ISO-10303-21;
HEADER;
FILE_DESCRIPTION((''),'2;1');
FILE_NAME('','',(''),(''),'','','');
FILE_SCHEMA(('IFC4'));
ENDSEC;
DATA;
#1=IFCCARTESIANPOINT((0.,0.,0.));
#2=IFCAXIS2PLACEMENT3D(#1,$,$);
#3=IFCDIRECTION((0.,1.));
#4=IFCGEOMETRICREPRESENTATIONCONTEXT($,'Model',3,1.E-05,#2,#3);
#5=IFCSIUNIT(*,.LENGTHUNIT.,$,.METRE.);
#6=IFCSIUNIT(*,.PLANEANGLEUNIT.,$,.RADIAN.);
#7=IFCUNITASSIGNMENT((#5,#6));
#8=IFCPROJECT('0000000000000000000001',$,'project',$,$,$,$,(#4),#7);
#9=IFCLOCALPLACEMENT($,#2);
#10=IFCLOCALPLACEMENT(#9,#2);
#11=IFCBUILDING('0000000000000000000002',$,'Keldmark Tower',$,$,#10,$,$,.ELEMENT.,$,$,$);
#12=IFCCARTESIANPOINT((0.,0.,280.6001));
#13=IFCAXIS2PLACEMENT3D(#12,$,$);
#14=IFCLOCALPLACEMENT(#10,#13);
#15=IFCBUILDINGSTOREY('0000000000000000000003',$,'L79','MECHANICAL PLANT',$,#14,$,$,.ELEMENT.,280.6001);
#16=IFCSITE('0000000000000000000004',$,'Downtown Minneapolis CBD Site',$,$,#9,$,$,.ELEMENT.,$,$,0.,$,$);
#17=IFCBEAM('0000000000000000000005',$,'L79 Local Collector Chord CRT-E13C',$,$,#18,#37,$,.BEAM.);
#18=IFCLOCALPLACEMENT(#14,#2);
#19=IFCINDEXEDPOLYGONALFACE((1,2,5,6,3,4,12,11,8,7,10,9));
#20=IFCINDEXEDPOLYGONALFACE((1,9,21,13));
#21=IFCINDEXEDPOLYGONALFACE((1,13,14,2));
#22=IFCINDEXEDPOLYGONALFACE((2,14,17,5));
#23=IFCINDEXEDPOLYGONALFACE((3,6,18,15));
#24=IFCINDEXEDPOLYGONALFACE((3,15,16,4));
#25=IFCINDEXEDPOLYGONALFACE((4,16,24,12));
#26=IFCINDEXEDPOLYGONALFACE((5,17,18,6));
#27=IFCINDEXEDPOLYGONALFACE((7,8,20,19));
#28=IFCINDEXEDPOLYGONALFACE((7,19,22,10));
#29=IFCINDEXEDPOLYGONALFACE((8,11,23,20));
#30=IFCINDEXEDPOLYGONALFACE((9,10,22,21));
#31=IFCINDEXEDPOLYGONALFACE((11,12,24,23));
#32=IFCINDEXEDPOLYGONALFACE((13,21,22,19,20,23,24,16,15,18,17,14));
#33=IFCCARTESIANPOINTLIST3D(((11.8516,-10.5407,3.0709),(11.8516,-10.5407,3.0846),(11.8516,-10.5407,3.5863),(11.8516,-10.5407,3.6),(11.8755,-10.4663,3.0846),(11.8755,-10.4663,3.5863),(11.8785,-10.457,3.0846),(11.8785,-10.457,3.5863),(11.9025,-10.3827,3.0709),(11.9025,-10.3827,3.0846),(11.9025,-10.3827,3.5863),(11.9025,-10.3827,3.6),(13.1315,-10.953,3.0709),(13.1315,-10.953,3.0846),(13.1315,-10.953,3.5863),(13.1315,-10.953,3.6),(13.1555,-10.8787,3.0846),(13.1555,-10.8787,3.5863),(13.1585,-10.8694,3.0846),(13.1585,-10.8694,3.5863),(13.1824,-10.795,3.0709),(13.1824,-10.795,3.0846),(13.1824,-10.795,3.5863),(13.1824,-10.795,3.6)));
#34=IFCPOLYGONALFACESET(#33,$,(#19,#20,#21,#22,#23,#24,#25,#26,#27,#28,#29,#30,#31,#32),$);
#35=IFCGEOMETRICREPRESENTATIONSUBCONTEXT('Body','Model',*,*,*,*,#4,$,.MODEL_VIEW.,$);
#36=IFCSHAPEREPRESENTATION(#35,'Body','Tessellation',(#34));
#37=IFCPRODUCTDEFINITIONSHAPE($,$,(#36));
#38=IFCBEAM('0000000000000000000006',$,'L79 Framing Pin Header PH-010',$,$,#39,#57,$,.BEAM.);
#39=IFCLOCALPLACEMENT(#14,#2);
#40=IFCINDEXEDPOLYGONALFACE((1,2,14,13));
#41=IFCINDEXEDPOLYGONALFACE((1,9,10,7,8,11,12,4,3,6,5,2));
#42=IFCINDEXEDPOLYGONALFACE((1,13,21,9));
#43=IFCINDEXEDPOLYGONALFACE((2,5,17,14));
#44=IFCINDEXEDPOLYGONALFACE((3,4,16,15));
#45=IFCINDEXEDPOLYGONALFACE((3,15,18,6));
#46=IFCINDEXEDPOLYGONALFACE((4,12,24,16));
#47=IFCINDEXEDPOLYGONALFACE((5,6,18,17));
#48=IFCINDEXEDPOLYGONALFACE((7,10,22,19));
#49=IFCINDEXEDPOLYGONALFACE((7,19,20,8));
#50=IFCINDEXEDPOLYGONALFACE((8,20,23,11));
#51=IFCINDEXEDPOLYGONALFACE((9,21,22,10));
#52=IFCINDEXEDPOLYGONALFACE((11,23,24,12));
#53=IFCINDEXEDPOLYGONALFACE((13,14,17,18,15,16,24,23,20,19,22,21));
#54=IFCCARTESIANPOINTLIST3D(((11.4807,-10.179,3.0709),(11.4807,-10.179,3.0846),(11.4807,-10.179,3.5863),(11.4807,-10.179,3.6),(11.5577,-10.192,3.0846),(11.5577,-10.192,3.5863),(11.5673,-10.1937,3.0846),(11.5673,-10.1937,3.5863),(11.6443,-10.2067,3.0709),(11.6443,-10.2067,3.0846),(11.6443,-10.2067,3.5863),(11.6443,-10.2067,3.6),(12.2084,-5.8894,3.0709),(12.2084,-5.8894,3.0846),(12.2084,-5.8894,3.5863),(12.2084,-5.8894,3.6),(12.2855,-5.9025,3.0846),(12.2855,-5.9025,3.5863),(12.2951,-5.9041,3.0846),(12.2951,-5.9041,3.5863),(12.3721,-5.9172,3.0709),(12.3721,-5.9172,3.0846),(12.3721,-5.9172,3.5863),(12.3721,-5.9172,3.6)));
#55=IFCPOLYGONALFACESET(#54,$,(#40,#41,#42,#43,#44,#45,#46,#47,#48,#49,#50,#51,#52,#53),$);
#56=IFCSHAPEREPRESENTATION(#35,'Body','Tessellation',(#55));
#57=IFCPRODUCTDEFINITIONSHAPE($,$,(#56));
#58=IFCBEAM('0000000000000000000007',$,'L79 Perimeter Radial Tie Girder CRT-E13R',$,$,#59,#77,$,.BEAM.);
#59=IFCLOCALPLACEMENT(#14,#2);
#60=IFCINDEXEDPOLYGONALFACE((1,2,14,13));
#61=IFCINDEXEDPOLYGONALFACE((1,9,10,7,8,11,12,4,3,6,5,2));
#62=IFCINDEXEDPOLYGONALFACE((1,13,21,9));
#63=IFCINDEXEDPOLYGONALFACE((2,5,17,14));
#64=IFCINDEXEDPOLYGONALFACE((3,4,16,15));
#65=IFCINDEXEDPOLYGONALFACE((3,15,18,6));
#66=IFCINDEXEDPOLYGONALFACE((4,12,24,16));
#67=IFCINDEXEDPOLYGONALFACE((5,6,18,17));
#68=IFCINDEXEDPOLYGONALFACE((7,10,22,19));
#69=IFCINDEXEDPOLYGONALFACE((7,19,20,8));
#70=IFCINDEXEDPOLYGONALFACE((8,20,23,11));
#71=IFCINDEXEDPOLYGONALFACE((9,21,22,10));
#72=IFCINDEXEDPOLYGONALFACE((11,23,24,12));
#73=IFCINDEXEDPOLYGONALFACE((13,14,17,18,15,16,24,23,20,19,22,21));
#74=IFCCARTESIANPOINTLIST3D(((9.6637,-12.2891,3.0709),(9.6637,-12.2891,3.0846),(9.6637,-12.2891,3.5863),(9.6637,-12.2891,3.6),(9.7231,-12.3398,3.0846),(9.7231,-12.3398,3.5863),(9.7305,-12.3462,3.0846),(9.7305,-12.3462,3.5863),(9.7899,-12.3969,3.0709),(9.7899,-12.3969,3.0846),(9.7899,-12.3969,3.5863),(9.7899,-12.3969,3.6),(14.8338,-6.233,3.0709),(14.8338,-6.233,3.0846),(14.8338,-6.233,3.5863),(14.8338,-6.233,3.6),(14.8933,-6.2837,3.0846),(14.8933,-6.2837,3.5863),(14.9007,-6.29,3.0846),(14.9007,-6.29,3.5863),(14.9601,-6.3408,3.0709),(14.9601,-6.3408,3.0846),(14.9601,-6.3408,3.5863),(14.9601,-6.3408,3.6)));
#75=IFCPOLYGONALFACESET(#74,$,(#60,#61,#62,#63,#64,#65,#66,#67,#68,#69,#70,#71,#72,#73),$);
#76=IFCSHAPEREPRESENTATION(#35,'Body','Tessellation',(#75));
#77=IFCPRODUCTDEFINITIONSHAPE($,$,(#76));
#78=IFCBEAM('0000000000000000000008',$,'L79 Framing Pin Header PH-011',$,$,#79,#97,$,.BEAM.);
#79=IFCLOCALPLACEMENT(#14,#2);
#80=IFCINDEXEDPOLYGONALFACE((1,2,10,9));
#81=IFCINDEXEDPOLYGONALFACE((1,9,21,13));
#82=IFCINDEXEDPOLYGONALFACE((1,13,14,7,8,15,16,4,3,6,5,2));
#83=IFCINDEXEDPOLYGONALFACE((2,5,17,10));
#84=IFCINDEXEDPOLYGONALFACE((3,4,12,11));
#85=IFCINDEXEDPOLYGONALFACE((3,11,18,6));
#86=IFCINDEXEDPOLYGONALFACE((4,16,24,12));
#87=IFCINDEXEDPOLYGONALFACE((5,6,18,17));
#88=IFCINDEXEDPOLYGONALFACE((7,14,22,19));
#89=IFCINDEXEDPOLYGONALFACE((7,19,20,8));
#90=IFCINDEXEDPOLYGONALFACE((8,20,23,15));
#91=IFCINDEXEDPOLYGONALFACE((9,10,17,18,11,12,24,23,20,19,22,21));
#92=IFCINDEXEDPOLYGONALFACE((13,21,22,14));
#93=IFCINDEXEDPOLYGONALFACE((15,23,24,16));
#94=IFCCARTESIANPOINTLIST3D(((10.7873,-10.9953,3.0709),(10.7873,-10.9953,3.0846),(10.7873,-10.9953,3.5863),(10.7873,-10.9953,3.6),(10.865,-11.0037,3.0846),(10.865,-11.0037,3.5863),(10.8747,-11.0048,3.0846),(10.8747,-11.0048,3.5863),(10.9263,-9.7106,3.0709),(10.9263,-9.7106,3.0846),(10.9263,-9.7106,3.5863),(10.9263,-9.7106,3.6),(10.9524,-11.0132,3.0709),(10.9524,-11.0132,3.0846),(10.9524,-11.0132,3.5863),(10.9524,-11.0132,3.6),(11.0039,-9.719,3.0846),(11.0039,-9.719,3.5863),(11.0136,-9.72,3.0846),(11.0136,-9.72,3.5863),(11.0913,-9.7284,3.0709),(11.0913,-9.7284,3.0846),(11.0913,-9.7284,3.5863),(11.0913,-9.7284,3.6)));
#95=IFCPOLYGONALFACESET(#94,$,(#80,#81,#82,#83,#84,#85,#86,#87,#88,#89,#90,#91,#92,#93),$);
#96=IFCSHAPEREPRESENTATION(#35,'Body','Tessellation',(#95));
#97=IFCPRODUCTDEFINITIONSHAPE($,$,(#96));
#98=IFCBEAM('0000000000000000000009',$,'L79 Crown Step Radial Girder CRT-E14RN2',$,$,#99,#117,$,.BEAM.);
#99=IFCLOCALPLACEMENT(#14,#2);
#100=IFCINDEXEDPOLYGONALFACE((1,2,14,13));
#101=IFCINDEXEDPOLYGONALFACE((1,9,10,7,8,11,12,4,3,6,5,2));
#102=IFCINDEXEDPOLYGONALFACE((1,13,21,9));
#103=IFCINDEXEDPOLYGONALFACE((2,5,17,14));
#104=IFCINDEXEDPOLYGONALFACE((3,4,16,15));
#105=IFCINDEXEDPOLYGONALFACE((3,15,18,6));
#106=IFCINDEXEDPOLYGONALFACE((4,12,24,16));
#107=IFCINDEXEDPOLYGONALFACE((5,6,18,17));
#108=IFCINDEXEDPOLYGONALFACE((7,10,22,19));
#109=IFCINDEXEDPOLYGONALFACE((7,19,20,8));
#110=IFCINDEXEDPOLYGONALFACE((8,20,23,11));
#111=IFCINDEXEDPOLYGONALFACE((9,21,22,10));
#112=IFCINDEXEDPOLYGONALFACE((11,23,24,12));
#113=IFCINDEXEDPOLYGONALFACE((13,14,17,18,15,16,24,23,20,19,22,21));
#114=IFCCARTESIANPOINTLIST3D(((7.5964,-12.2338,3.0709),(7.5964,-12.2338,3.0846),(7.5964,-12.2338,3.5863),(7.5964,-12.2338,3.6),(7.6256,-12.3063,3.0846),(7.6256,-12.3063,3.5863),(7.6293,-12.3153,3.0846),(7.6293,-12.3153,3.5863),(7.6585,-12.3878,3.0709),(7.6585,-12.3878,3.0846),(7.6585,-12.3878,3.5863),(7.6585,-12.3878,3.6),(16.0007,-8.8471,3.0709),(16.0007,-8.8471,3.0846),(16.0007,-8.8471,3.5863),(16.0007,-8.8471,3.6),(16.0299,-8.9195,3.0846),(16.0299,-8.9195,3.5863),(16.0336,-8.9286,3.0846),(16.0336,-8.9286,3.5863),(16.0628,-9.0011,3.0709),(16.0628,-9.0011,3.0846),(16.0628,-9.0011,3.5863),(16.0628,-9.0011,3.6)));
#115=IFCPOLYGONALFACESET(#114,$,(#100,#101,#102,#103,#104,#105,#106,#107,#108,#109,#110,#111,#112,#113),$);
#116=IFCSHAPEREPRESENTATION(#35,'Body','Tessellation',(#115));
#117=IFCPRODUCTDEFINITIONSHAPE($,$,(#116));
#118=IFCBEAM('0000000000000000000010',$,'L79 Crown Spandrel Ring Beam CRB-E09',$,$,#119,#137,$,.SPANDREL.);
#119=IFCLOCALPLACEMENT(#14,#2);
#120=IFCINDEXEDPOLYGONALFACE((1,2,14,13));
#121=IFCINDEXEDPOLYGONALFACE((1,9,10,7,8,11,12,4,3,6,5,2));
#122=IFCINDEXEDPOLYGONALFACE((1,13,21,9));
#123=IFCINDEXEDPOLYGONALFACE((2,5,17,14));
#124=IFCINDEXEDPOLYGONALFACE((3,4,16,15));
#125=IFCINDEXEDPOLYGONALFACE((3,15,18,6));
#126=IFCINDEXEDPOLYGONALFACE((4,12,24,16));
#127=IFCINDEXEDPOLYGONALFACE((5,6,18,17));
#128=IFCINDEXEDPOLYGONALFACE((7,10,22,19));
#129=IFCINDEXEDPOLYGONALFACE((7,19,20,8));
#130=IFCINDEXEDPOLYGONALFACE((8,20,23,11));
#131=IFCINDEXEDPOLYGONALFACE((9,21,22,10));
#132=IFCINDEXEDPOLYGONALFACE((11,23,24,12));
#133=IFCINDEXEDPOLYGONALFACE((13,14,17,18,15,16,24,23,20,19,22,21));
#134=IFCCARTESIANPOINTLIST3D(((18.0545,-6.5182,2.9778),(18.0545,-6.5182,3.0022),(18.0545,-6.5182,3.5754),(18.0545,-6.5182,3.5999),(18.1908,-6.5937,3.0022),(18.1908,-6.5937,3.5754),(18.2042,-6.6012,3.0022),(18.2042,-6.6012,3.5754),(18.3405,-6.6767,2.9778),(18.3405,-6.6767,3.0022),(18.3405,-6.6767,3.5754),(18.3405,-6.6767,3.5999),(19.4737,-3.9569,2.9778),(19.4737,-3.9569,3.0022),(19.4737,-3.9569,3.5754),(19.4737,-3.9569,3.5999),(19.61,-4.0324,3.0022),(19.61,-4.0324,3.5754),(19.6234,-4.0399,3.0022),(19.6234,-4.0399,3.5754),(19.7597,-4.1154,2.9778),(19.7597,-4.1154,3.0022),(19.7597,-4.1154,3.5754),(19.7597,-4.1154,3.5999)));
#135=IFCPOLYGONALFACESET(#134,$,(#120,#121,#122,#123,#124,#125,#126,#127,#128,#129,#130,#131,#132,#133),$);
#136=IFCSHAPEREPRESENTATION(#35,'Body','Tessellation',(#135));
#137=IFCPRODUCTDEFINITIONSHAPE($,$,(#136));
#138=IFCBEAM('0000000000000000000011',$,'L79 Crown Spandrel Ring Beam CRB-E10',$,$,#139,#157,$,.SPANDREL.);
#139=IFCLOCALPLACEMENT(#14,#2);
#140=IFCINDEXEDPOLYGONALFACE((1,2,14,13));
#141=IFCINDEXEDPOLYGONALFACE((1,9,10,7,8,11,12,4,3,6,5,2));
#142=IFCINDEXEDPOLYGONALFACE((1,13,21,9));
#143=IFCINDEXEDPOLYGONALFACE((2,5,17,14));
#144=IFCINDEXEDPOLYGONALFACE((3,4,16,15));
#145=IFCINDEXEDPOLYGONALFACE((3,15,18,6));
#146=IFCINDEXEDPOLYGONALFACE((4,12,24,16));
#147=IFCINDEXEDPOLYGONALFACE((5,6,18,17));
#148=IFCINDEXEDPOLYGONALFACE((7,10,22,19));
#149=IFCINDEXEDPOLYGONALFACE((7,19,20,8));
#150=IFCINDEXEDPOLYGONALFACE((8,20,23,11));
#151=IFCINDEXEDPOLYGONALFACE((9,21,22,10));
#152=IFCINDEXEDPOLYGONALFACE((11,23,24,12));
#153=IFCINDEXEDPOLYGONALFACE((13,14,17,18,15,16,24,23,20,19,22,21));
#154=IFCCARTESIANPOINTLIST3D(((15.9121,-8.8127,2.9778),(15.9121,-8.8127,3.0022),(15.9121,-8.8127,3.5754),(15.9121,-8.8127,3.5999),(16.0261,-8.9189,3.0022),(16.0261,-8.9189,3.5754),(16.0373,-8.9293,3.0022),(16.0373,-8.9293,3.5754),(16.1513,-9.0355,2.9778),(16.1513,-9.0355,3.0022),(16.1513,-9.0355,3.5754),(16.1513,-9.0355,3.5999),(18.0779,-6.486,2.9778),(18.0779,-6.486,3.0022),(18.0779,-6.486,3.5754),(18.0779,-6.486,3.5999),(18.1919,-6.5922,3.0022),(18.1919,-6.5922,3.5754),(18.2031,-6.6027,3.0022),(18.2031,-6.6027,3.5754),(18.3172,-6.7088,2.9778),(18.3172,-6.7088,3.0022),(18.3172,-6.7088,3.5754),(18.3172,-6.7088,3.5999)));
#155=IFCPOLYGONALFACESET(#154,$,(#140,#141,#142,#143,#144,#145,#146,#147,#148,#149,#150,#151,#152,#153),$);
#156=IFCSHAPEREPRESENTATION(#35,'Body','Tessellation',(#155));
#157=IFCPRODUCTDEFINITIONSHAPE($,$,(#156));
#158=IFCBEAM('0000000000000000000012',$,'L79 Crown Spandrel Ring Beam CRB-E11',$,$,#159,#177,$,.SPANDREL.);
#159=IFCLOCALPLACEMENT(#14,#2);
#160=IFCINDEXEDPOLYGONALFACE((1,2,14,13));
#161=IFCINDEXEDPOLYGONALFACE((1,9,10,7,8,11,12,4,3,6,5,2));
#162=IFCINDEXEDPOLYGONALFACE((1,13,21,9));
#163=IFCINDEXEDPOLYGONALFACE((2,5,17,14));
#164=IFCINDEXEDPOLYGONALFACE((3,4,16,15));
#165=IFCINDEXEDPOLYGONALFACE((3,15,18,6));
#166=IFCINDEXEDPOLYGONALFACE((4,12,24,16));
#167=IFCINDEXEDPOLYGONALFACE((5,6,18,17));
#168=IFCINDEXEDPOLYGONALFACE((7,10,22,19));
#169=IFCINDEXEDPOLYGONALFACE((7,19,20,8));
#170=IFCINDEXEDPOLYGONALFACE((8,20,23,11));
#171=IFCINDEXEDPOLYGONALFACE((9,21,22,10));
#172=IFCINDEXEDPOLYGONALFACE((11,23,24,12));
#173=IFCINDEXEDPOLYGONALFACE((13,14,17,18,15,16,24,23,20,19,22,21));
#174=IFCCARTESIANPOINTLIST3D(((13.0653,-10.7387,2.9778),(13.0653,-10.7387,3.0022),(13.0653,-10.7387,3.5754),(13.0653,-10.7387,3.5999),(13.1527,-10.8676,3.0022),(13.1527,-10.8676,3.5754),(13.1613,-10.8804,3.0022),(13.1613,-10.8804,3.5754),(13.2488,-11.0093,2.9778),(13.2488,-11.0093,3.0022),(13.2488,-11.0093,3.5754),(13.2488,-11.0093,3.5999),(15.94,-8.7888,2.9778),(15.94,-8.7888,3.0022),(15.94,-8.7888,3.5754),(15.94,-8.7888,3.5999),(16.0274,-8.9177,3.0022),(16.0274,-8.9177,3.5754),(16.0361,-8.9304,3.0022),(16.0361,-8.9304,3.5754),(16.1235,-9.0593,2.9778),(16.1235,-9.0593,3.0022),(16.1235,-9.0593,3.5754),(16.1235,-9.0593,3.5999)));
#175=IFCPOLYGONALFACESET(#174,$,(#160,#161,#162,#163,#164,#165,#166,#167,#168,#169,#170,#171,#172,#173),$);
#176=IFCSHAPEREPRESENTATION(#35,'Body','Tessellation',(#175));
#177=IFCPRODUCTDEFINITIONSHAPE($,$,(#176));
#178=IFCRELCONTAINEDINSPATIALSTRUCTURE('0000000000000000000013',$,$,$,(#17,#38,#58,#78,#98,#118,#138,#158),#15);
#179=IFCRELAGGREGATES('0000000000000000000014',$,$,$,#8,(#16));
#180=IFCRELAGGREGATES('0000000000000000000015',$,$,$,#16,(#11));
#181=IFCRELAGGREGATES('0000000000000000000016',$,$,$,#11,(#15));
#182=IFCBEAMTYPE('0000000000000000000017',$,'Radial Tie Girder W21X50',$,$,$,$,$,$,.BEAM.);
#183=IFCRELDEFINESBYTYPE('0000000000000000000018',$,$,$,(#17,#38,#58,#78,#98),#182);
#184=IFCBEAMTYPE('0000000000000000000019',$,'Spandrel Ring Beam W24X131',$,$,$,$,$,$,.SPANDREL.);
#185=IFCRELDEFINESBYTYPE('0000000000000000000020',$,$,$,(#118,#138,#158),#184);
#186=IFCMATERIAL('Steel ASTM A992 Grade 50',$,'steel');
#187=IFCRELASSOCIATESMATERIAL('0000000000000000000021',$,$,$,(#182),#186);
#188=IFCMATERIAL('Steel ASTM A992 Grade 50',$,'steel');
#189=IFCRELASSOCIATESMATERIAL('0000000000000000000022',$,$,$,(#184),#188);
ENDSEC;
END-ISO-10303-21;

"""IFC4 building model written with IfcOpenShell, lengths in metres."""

from ifc_helpers import new_model, si_unit, direction, frame, origin, origin_2d, place, context, subcontext, project, spatial, i_section, extrude, material, material_profile, profile_set, type_object, element, save


model = new_model("IFC4")

# Units and contexts
model_context = context("Model", 3, precision=1e-05, world=origin(), true_north=direction((0.0, 1.0)))
body_context = subcontext(model_context, "Body", "Model", "MODEL_VIEW")
ifc_project = project(units=[si_unit("LENGTHUNIT", "METRE"), si_unit("PLANEANGLEUNIT", "RADIAN")], contexts=[model_context])

# Site, building, storey
site_placement = place(None, origin())
site = spatial("IfcSite", under=ifc_project, at=site_placement, Name="Downtown Minneapolis CBD Site", CompositionType="ELEMENT", RefElevation=0.0)
building_placement = place(site_placement, origin())
building = spatial("IfcBuilding", under=site, at=building_placement, Name="Keldmark Tower", CompositionType="ELEMENT")
storey_placement = place(building_placement, frame((0.0, 0.0, 280.6001)))
storey = spatial("IfcBuildingStorey", under=building, at=storey_placement, Name="L79", Description="MECHANICAL PLANT", CompositionType="ELEMENT", Elevation=280.6001)

# Beams
ifc_material_1 = material(Name="Steel ASTM A992 Grade 50", Category="steel")
ifc_material_profile_1 = material_profile(ifc_material_1, i_section(OverallWidth=0.166, OverallDepth=0.5291, WebThickness=0.0098, FlangeThickness=0.0137, at=origin_2d()), Name="W21X50")
ifc_profile_set_1 = profile_set([ifc_material_profile_1], Name="Steel ASTM A992 Grade 50")
beam_type_1 = type_object("IfcBeamType", Name="Radial Tie Girder W21X50", PredefinedType="BEAM", material=ifc_profile_set_1)
beam_1_placement = place(storey_placement, frame((13.157, -10.874, 3.3354), z_axis=(-0.95183, 0.306626, 0.0), x_axis=(-0.306626, -0.95183, 0.0)))
element("IfcBeam", 1, at=beam_1_placement, inside=storey, type_object=beam_type_1, Name="L79 Local Collector Chord CRT-E13C", PredefinedType="BEAM", context=body_context, shape_type="SweptSolid", body=[
    extrude(i_section(OverallWidth=0.166, OverallDepth=0.5291, WebThickness=0.0098, FlangeThickness=0.0137, at=origin_2d()), origin(), (0.0, 0.0, 1.0), 1.3447),
])
beam_2_placement = place(storey_placement, frame((12.2903, -5.9033, 3.3354), z_axis=(-0.167274, -0.98591, 0.0), x_axis=(0.98591, -0.167274, 0.0)))
element("IfcBeam", 2, at=beam_2_placement, inside=storey, type_object=beam_type_1, Name="L79 Framing Pin Header PH-010", PredefinedType="BEAM", context=body_context, shape_type="SweptSolid", body=[
    extrude(i_section(OverallWidth=0.166, OverallDepth=0.5291, WebThickness=0.0098, FlangeThickness=0.0137, at=origin_2d()), origin(), (0.0, 0.0, 1.0), 4.3508),
])
beam_3_placement = place(storey_placement, frame((14.897, -6.2869, 3.3354), z_axis=(-0.649283, -0.760547, 0.0), x_axis=(0.760547, -0.649283, 0.0)))
element("IfcBeam", 3, at=beam_3_placement, inside=storey, type_object=beam_type_1, Name="L79 Perimeter Radial Tie Girder CRT-E13R", PredefinedType="BEAM", context=body_context, shape_type="SweptSolid", body=[
    extrude(i_section(OverallWidth=0.166, OverallDepth=0.5291, WebThickness=0.0098, FlangeThickness=0.0137, at=origin_2d()), origin(), (0.0, 0.0, 1.0), 7.9629),
])
beam_4_placement = place(storey_placement, frame((11.0088, -9.7195, 3.3354), z_axis=(-0.107507, -0.994204, 0.0), x_axis=(0.994204, -0.107507, 0.0)))
element("IfcBeam", 4, at=beam_4_placement, inside=storey, type_object=beam_type_1, Name="L79 Framing Pin Header PH-011", PredefinedType="BEAM", context=body_context, shape_type="SweptSolid", body=[
    extrude(i_section(OverallWidth=0.166, OverallDepth=0.5291, WebThickness=0.0098, FlangeThickness=0.0137, at=origin_2d()), origin(), (0.0, 0.0, 1.0), 1.2922),
])
beam_5_placement = place(storey_placement, frame((16.0317, -8.9241, 3.3354), z_axis=(-0.927522, -0.373768, 0.0), x_axis=(0.373768, -0.927522, 0.0)))
element("IfcBeam", 5, at=beam_5_placement, inside=storey, type_object=beam_type_1, Name="L79 Crown Step Radial Girder CRT-E14RN2", PredefinedType="BEAM", context=body_context, shape_type="SweptSolid", body=[
    extrude(i_section(OverallWidth=0.166, OverallDepth=0.5291, WebThickness=0.0098, FlangeThickness=0.0137, at=origin_2d()), origin(), (0.0, 0.0, 1.0), 9.061),
])
ifc_material_2 = material(Name="Steel ASTM A992 Grade 50", Category="steel")
ifc_material_profile_2 = material_profile(ifc_material_2, i_section(OverallWidth=0.3269, OverallDepth=0.6221, WebThickness=0.0154, FlangeThickness=0.0244, at=origin_2d()), Name="W24X131")
ifc_profile_set_2 = profile_set([ifc_material_profile_2], Name="Steel ASTM A992 Grade 50")
beam_type_2 = type_object("IfcBeamType", Name="Spandrel Ring Beam W24X131", PredefinedType="SPANDREL", material=ifc_profile_set_2)
beam_6_placement = place(storey_placement, frame((19.6167, -4.0361, 3.2888), z_axis=(-0.484666, -0.874699, 0.0), x_axis=(0.874699, -0.484666, 0.0)))
element("IfcBeam", 6, at=beam_6_placement, inside=storey, type_object=beam_type_2, Name="L79 Crown Spandrel Ring Beam CRB-E09", PredefinedType="SPANDREL", context=body_context, shape_type="SweptSolid", body=[
    extrude(i_section(OverallWidth=0.3269, OverallDepth=0.6221, WebThickness=0.0154, FlangeThickness=0.0244, at=origin_2d()), origin(), (0.0, 0.0, 1.0), 2.9282),
])
beam_7_placement = place(storey_placement, frame((18.1975, -6.5974, 3.2888), z_axis=(-0.681346, -0.731961, 0.0), x_axis=(0.731961, -0.681346, 0.0)))
element("IfcBeam", 7, at=beam_7_placement, inside=storey, type_object=beam_type_2, Name="L79 Crown Spandrel Ring Beam CRB-E10", PredefinedType="SPANDREL", context=body_context, shape_type="SweptSolid", body=[
    extrude(i_section(OverallWidth=0.3269, OverallDepth=0.6221, WebThickness=0.0154, FlangeThickness=0.0244, at=origin_2d()), origin(), (0.0, 0.0, 1.0), 3.1787),
])
beam_8_placement = place(storey_placement, frame((16.0317, -8.9241, 3.2888), z_axis=(-0.82758, -0.561348, 0.0), x_axis=(0.561348, -0.82758, 0.0)))
element("IfcBeam", 8, at=beam_8_placement, inside=storey, type_object=beam_type_2, Name="L79 Crown Spandrel Ring Beam CRB-E11", PredefinedType="SPANDREL", context=body_context, shape_type="SweptSolid", body=[
    extrude(i_section(OverallWidth=0.3269, OverallDepth=0.6221, WebThickness=0.0154, FlangeThickness=0.0244, at=origin_2d()), origin(), (0.0, 0.0, 1.0), 3.4736),
])

save(model, "model.ifc")
